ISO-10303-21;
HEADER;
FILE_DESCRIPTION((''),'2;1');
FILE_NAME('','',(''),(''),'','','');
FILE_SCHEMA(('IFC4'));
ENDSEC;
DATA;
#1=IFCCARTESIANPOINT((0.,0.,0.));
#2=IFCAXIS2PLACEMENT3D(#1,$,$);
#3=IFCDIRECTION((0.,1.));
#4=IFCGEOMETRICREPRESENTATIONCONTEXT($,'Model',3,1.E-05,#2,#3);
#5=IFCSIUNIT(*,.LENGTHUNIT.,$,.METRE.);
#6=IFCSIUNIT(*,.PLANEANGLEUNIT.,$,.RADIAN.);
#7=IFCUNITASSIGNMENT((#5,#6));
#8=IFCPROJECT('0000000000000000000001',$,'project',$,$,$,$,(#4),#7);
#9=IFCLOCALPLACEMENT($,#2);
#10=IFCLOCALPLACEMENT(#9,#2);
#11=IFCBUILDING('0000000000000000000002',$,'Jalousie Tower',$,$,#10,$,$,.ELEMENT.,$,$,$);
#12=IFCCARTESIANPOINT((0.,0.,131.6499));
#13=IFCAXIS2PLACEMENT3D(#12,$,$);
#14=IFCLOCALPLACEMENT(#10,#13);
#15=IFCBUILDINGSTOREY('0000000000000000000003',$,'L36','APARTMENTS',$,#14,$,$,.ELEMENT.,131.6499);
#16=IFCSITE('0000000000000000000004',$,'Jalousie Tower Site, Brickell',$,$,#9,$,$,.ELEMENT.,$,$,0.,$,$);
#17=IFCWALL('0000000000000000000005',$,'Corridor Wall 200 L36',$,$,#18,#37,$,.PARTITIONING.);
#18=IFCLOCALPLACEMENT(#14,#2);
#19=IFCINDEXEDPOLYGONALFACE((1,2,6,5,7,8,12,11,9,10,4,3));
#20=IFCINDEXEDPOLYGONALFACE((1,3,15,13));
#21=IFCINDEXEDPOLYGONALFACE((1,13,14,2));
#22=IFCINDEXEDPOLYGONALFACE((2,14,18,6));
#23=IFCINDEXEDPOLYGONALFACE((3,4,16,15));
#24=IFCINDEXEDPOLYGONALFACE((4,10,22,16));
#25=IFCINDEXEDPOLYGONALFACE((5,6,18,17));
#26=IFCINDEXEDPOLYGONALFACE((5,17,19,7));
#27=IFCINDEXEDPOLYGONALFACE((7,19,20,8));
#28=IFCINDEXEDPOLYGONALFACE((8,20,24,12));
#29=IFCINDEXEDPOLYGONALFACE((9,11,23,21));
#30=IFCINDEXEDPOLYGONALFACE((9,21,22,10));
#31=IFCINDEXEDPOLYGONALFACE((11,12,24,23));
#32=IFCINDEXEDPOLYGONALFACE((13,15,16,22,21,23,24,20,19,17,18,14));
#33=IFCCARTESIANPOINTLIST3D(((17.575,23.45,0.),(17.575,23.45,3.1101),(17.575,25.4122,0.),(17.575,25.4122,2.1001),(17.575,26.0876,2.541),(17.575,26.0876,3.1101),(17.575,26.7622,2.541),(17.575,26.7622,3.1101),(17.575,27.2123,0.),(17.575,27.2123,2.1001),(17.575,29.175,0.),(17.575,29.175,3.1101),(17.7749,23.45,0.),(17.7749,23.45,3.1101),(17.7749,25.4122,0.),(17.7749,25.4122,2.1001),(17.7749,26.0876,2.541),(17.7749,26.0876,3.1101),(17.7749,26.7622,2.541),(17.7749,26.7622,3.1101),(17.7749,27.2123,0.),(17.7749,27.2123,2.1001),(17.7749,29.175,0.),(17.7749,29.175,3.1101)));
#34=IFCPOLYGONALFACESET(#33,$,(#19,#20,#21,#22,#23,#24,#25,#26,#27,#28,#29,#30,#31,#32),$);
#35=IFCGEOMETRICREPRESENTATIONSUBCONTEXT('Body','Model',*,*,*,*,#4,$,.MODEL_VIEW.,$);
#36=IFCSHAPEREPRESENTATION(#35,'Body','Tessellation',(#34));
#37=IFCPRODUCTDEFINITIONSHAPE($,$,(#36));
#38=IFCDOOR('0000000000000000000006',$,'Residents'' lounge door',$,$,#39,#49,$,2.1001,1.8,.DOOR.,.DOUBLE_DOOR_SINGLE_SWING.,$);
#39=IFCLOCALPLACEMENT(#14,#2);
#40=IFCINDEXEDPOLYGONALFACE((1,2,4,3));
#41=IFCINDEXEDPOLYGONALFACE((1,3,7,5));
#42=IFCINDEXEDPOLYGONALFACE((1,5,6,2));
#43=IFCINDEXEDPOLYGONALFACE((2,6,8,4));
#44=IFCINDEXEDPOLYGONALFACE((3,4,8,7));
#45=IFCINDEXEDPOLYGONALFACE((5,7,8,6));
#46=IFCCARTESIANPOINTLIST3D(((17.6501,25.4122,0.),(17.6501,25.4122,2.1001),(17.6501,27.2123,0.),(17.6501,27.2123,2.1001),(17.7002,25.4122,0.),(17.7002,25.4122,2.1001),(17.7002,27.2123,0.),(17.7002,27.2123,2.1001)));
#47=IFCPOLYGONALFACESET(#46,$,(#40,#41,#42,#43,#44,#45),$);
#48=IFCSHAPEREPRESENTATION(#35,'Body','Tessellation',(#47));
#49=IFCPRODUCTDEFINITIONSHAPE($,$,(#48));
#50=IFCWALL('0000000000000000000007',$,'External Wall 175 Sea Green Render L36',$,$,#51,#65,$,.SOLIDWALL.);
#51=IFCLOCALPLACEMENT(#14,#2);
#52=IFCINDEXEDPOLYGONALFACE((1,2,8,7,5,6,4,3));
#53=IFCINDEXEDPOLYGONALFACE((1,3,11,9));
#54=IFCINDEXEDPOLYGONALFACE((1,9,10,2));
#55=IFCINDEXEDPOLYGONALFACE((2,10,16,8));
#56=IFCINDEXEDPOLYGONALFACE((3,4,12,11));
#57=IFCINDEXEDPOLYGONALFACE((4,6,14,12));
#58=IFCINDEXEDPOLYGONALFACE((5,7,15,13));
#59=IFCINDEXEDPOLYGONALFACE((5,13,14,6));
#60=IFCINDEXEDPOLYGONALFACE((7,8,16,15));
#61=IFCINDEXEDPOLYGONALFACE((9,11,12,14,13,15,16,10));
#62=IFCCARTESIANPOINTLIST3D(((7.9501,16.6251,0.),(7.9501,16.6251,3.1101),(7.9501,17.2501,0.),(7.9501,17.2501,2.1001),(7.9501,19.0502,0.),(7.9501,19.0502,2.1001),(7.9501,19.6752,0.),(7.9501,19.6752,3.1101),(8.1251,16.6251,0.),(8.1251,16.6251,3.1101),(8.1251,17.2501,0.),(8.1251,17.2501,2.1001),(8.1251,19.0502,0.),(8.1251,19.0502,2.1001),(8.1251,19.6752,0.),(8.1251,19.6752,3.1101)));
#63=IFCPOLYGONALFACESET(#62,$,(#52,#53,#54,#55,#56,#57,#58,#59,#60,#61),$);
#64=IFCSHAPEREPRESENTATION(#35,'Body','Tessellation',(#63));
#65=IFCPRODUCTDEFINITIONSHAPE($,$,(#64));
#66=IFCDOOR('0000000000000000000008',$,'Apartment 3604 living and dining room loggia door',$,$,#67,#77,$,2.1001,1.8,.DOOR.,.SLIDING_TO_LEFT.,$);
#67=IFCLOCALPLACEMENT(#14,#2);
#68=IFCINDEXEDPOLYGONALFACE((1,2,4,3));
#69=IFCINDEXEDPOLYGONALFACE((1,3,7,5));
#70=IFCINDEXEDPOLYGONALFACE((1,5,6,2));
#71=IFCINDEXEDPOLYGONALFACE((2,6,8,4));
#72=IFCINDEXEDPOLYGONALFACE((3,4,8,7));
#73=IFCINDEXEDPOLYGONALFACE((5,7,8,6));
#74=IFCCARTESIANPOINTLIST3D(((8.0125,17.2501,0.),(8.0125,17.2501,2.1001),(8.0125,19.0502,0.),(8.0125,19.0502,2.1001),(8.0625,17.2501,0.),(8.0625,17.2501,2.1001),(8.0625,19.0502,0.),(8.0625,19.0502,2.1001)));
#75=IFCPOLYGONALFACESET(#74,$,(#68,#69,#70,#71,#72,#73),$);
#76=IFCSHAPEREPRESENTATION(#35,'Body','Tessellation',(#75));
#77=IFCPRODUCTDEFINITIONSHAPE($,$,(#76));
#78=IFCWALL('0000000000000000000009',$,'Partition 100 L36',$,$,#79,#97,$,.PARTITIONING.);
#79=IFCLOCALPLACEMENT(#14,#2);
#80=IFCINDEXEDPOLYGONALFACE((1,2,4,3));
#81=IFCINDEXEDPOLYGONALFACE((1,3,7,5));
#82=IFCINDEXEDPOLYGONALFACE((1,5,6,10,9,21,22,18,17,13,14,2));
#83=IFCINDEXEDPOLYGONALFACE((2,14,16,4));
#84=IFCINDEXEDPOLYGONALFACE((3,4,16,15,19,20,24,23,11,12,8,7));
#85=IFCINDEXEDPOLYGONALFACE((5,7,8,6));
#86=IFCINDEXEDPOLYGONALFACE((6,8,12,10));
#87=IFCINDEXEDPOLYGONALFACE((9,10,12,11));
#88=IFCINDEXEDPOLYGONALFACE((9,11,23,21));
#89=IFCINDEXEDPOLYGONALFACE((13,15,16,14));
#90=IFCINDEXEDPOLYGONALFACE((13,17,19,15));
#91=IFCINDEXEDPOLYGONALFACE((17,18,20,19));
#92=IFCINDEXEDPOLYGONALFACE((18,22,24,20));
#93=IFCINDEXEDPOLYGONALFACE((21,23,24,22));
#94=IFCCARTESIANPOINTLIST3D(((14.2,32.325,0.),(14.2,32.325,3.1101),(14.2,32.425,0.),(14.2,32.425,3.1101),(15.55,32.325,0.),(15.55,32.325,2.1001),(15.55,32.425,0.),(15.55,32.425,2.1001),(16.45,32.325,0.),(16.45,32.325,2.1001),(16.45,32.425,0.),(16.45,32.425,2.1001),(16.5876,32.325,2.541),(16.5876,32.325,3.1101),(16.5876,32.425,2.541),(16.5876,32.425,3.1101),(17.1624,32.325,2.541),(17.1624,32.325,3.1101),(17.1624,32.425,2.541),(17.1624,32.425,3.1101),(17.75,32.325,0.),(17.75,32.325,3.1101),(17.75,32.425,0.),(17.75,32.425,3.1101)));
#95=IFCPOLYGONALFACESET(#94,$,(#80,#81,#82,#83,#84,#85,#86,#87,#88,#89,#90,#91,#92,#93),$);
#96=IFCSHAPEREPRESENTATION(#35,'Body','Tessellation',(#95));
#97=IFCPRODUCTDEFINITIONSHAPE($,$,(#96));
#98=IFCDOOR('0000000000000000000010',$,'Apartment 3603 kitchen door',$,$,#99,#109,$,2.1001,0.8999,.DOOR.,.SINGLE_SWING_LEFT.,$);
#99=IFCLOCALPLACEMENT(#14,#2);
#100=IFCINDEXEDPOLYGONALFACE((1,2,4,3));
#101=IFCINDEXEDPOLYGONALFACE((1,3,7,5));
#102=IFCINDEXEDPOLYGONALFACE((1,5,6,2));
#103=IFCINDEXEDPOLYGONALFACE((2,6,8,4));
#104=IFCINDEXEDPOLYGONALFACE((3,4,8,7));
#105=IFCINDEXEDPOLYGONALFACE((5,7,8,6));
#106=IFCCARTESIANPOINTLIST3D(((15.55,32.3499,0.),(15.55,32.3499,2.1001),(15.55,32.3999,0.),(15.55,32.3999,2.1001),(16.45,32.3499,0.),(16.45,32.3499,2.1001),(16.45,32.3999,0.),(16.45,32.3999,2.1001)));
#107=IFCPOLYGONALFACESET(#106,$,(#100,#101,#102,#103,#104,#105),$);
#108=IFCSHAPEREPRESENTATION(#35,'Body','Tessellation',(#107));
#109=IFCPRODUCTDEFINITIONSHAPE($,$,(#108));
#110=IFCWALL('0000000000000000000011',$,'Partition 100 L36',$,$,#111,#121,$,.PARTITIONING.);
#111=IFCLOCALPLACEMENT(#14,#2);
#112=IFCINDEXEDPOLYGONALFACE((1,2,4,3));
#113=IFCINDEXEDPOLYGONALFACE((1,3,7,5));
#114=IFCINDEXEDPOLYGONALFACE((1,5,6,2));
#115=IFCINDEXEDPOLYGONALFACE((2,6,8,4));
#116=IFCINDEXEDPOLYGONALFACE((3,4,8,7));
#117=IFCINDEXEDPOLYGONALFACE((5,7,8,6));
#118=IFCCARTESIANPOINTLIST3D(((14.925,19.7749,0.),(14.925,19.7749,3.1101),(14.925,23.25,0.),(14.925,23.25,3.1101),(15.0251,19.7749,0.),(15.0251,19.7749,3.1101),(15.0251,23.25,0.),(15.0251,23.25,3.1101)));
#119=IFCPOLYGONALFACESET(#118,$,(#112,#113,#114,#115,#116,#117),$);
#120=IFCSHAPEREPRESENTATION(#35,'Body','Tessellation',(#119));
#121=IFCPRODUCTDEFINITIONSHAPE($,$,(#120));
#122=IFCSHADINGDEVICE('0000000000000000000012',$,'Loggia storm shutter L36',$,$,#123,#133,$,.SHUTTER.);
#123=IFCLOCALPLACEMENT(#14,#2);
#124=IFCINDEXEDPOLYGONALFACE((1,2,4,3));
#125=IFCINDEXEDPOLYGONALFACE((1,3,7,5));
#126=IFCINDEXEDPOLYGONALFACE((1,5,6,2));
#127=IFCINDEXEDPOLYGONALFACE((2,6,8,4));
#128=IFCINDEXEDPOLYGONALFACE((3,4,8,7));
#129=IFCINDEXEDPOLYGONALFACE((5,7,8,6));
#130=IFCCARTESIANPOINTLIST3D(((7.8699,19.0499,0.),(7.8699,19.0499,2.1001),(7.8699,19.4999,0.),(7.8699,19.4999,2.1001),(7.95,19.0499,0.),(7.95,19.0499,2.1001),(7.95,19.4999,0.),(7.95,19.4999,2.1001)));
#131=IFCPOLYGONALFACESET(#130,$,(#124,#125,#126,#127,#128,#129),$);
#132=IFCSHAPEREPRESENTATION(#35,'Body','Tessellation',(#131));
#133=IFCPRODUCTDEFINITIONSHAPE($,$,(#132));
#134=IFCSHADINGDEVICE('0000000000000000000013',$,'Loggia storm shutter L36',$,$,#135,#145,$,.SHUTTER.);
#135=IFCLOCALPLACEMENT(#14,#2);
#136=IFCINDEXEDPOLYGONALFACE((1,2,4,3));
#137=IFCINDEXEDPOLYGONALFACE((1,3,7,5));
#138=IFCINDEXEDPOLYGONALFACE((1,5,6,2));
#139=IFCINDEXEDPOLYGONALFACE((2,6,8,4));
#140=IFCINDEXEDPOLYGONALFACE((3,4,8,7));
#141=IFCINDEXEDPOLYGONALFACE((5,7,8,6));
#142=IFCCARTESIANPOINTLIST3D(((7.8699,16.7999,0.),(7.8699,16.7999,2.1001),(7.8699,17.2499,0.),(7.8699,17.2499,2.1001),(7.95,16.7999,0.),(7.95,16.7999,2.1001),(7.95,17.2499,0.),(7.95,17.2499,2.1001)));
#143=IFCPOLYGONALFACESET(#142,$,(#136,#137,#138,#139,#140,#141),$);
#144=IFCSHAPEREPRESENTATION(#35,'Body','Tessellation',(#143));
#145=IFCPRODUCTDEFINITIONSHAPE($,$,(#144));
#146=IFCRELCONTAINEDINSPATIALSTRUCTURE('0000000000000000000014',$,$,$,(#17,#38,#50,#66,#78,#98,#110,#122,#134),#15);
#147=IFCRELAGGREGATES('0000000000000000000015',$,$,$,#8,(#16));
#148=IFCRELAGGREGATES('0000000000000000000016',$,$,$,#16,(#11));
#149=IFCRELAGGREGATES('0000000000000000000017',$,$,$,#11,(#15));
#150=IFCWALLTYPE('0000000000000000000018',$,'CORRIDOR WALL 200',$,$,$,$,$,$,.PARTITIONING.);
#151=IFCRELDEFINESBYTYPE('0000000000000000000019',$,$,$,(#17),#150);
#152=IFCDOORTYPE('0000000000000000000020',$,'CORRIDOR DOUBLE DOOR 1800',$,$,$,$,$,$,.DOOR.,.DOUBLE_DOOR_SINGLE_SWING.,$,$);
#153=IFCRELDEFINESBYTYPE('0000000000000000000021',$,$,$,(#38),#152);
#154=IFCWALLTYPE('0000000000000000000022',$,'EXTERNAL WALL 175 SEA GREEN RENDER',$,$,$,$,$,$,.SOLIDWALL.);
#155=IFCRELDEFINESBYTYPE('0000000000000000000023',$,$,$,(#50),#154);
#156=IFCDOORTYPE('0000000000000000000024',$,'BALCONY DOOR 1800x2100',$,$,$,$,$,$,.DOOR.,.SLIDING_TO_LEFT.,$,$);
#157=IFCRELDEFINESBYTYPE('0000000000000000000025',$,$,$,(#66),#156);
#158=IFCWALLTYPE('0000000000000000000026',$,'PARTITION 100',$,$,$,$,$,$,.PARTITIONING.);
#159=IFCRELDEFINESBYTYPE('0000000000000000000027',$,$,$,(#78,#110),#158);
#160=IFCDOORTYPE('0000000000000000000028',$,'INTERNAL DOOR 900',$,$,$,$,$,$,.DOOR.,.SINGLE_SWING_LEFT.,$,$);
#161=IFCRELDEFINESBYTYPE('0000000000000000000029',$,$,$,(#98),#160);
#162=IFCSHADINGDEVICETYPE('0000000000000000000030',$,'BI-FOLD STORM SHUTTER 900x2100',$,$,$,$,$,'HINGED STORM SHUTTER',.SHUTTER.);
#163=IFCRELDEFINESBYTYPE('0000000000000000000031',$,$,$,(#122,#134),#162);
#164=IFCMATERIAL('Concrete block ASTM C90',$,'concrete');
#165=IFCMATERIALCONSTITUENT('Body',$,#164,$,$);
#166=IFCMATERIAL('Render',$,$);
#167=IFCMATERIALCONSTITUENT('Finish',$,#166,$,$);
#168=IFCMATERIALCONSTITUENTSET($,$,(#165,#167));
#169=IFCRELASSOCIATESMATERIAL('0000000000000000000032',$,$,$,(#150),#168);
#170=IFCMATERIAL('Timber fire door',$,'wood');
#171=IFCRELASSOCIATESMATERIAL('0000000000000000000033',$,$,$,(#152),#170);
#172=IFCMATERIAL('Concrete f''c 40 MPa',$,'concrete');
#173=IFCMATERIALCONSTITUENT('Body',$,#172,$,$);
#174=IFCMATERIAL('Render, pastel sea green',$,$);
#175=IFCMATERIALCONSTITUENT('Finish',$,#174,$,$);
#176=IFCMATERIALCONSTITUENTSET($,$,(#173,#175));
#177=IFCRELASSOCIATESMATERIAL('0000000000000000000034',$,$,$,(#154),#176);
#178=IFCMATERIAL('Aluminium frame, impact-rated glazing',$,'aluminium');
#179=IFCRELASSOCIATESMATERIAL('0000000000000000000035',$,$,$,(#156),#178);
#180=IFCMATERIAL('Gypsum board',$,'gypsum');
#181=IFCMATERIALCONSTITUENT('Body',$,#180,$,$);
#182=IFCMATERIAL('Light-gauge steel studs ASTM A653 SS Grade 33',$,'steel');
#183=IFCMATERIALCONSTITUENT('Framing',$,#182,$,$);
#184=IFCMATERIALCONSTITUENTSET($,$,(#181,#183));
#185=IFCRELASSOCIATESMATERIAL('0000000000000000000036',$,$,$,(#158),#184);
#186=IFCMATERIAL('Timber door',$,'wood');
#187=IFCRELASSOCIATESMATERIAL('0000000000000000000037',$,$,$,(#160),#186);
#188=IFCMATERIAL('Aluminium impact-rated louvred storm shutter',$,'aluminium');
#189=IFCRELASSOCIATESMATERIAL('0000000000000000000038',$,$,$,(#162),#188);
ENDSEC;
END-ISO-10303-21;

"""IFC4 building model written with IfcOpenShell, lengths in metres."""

from ifc_helpers import new_model, si_unit, direction, frame, frame_2d, origin, origin_2d, place, context, subcontext, project, spatial, polyline, rectangle, outline, extrude, material, constituent, constituent_set, type_object, element, fill, save


model = new_model("IFC4")

# Units and contexts
model_context = context("Model", 3, precision=1e-05, world=origin(), true_north=direction((0.0, 1.0)))
body_context = subcontext(model_context, "Body", "Model", "MODEL_VIEW")
ifc_project = project(units=[si_unit("LENGTHUNIT", "METRE"), si_unit("PLANEANGLEUNIT", "RADIAN")], contexts=[model_context])

# Site, building, storey
site_placement = place(None, origin())
site = spatial("IfcSite", under=ifc_project, at=site_placement, Name="Jalousie Tower Site, Brickell", CompositionType="ELEMENT", RefElevation=0.0)
building_placement = place(site_placement, origin())
building = spatial("IfcBuilding", under=site, at=building_placement, Name="Jalousie Tower", CompositionType="ELEMENT")
storey_placement = place(building_placement, frame((0.0, 0.0, 131.6499)))
storey = spatial("IfcBuildingStorey", under=building, at=storey_placement, Name="L36", Description="APARTMENTS", CompositionType="ELEMENT", Elevation=131.6499)

# Walls, openings, doors
ifc_material_1 = material(Name="Concrete block ASTM C90", Category="concrete")
ifc_constituent_1 = constituent(ifc_material_1, Name="Body")
ifc_material_2 = material(Name="Render")
ifc_constituent_2 = constituent(ifc_material_2, Name="Finish")
ifc_constituent_set_1 = constituent_set(constituents=[ifc_constituent_1, ifc_constituent_2])
wall_type_1 = type_object("IfcWallType", Name="CORRIDOR WALL 200", PredefinedType="PARTITIONING", material=ifc_constituent_set_1)
wall_1_placement = place(storey_placement, frame((17.675, 23.45, 0.0), z_axis=(0.0, 0.0, 1.0), x_axis=(0.0, 1.0, 0.0)))
wall_1 = element("IfcWall", 1, at=wall_1_placement, inside=storey, type_object=wall_type_1, Name="Corridor Wall 200 L36", PredefinedType="PARTITIONING", context=body_context, shape_type="SweptSolid", body=[
    extrude(outline(polyline([(0.0, 0.0), (5.7251, 0.0), (5.7251, 3.1101), (3.3123, 3.1101), (3.3123, 2.541), (2.6377, 2.541), (2.6377, 3.1101), (0.0, 3.1101), (0.0, 0.0)])), frame((0.0, 0.1001, 0.0), z_axis=(0.0, -1.0, 0.0), x_axis=(1.0, 0.0, 0.0)), (0.0, 0.0, 1.0), 0.2),
])
opening_1_placement = place(wall_1_placement, frame((1.9624, 0.0, 0.0)))
opening_1 = element("IfcOpeningElement", 2, at=opening_1_placement, cuts=wall_1, PredefinedType="OPENING", context=body_context, shape_type="SweptSolid", body=[
    extrude(rectangle(XDim=1.8, YDim=2.1001, at=frame_2d((0.8999, 1.05))), frame((0.0, 0.1099, 0.0), z_axis=(0.0, -1.0, 0.0), x_axis=(1.0, 0.0, 0.0)), (0.0, 0.0, 1.0), 0.22),
])
ifc_material_3 = material(Name="Timber fire door", Category="wood")
door_type_1 = type_object("IfcDoorType", Name="CORRIDOR DOUBLE DOOR 1800", OperationType="DOUBLE_DOOR_SINGLE_SWING", PredefinedType="DOOR", material=ifc_material_3)
door_1_placement = place(opening_1_placement, origin())
door_1 = element("IfcDoor", 3, at=door_1_placement, inside=storey, type_object=door_type_1, Name="Residents' lounge door", OperationType="DOUBLE_DOOR_SINGLE_SWING", OverallHeight=2.1001, OverallWidth=1.8, PredefinedType="DOOR", context=body_context, shape_type="SweptSolid", body=[
    extrude(rectangle(XDim=1.8, YDim=2.1001, at=frame_2d((0.8999, 1.05))), frame((0.0, 0.0249, 0.0), z_axis=(0.0, -1.0, 0.0), x_axis=(1.0, 0.0, 0.0)), (0.0, 0.0, 1.0), 0.05),
])
fill(opening_1, door_1)
ifc_material_4 = material(Name="Concrete f'c 40 MPa", Category="concrete")
ifc_constituent_3 = constituent(ifc_material_4, Name="Body")
ifc_material_5 = material(Name="Render, pastel sea green")
ifc_constituent_4 = constituent(ifc_material_5, Name="Finish")
ifc_constituent_set_2 = constituent_set(constituents=[ifc_constituent_3, ifc_constituent_4])
wall_type_2 = type_object("IfcWallType", Name="EXTERNAL WALL 175 SEA GREEN RENDER", PredefinedType="SOLIDWALL", material=ifc_constituent_set_2)
wall_2_placement = place(storey_placement, frame((8.0376, 19.675, 0.0), z_axis=(0.0, 0.0, 1.0), x_axis=(0.0, -1.0, 0.0)))
wall_2 = element("IfcWall", 4, at=wall_2_placement, inside=storey, type_object=wall_type_2, Name="External Wall 175 Sea Green Render L36", PredefinedType="SOLIDWALL", context=body_context, shape_type="SweptSolid", body=[
    extrude(rectangle(XDim=3.05, YDim=0.175, at=frame_2d((1.5249, 0.0))), origin(), (0.0, 0.0, 1.0), 3.1101),
])
opening_2_placement = place(wall_2_placement, frame((0.625, 0.0, 0.0)))
opening_2 = element("IfcOpeningElement", 5, at=opening_2_placement, cuts=wall_2, PredefinedType="OPENING", context=body_context, shape_type="SweptSolid", body=[
    extrude(rectangle(XDim=1.8, YDim=2.1001, at=frame_2d((0.8999, 1.05))), frame((0.0, 0.0974, 0.0), z_axis=(0.0, -1.0, 0.0), x_axis=(1.0, 0.0, 0.0)), (0.0, 0.0, 1.0), 0.1951),
])
ifc_material_6 = material(Name="Aluminium frame, impact-rated glazing", Category="aluminium")
door_type_2 = type_object("IfcDoorType", Name="BALCONY DOOR 1800x2100", OperationType="SLIDING_TO_LEFT", PredefinedType="DOOR", material=ifc_material_6)
door_2_placement = place(opening_2_placement, origin())
door_2 = element("IfcDoor", 6, at=door_2_placement, inside=storey, type_object=door_type_2, Name="Apartment 3604 living and dining room loggia door", OperationType="SLIDING_TO_LEFT", OverallHeight=2.1001, OverallWidth=1.8, PredefinedType="DOOR", context=body_context, shape_type="SweptSolid", body=[
    extrude(rectangle(XDim=1.8, YDim=2.1001, at=frame_2d((0.8999, 1.05))), frame((0.0, 0.0249, 0.0), z_axis=(0.0, -1.0, 0.0), x_axis=(1.0, 0.0, 0.0)), (0.0, 0.0, 1.0), 0.05),
])
fill(opening_2, door_2)
ifc_material_7 = material(Name="Gypsum board", Category="gypsum")
ifc_constituent_5 = constituent(ifc_material_7, Name="Body")
ifc_material_8 = material(Name="Light-gauge steel studs ASTM A653 SS Grade 33", Category="steel")
ifc_constituent_6 = constituent(ifc_material_8, Name="Framing")
ifc_constituent_set_3 = constituent_set(constituents=[ifc_constituent_5, ifc_constituent_6])
wall_type_3 = type_object("IfcWallType", Name="PARTITION 100", PredefinedType="PARTITIONING", material=ifc_constituent_set_3)
wall_3_placement = place(storey_placement, frame((14.2, 32.375, 0.0), z_axis=(0.0, 0.0, 1.0), x_axis=(1.0, 0.0, 0.0)))
wall_3 = element("IfcWall", 7, at=wall_3_placement, inside=storey, type_object=wall_type_3, Name="Partition 100 L36", PredefinedType="PARTITIONING", context=body_context, shape_type="SweptSolid", body=[
    extrude(outline(polyline([(0.0, 0.0), (3.55, 0.0), (3.55, 3.1101), (2.9624, 3.1101), (2.9624, 2.541), (2.3877, 2.541), (2.3877, 3.1101), (0.0, 3.1101), (0.0, 0.0)])), frame((0.0, 0.05, 0.0), z_axis=(0.0, -1.0, 0.0), x_axis=(1.0, 0.0, 0.0)), (0.0, 0.0, 1.0), 0.1001),
])
opening_3_placement = place(wall_3_placement, frame((1.3501, 0.0, 0.0)))
opening_3 = element("IfcOpeningElement", 8, at=opening_3_placement, cuts=wall_3, PredefinedType="OPENING", context=body_context, shape_type="SweptSolid", body=[
    extrude(rectangle(XDim=0.8999, YDim=2.1001, at=frame_2d((0.45, 1.05))), frame((0.0, 0.0601, 0.0), z_axis=(0.0, -1.0, 0.0), x_axis=(1.0, 0.0, 0.0)), (0.0, 0.0, 1.0), 0.1201),
])
ifc_material_9 = material(Name="Timber door", Category="wood")
door_type_3 = type_object("IfcDoorType", Name="INTERNAL DOOR 900", OperationType="SINGLE_SWING_LEFT", PredefinedType="DOOR", material=ifc_material_9)
door_3_placement = place(opening_3_placement, origin())
door_3 = element("IfcDoor", 9, at=door_3_placement, inside=storey, type_object=door_type_3, Name="Apartment 3603 kitchen door", OperationType="SINGLE_SWING_LEFT", OverallHeight=2.1001, OverallWidth=0.8999, PredefinedType="DOOR", context=body_context, shape_type="SweptSolid", body=[
    extrude(rectangle(XDim=0.8999, YDim=2.1001, at=frame_2d((0.45, 1.05))), frame((0.0, 0.0249, 0.0), z_axis=(0.0, -1.0, 0.0), x_axis=(1.0, 0.0, 0.0)), (0.0, 0.0, 1.0), 0.05),
])
fill(opening_3, door_3)

# Wall
wall_4_placement = place(storey_placement, frame((14.9751, 19.7749, 0.0), z_axis=(0.0, 0.0, 1.0), x_axis=(0.0, 1.0, 0.0)))
element("IfcWall", 10, at=wall_4_placement, inside=storey, type_object=wall_type_3, Name="Partition 100 L36", PredefinedType="PARTITIONING", context=body_context, shape_type="SweptSolid", body=[
    extrude(rectangle(XDim=3.4751, YDim=0.1001, at=frame_2d((1.7375, 0.0))), origin(), (0.0, 0.0, 1.0), 3.1101),
])

# Shading devices
ifc_material_10 = material(Name="Aluminium impact-rated louvred storm shutter", Category="aluminium")
shading_device_type = type_object("IfcShadingDeviceType", Name="BI-FOLD STORM SHUTTER 900x2100", ElementType="HINGED STORM SHUTTER", PredefinedType="SHUTTER", material=ifc_material_10)
for number, where, z_axis, x_axis, name in (
    (11, (7.9099, 19.2749, 0.0), (0.0, 0.0, 1.0), (0.0, -1.0, 0.0), "Loggia storm shutter L36"),
    (12, (7.9099, 17.0249, 0.0), (0.0, 0.0, 1.0), (0.0, -1.0, 0.0), "Loggia storm shutter L36"),
):
    element("IfcShadingDevice", number, at=place(storey_placement, frame(where, z_axis=z_axis, x_axis=x_axis)), inside=storey, type_object=shading_device_type, Name=name, PredefinedType="SHUTTER", context=body_context, shape_type="SweptSolid", body=[
        extrude(rectangle(XDim=0.45, YDim=0.0801, at=origin_2d()), origin(), (0.0, 0.0, 1.0), 2.1001),
    ])

save(model, "model.ifc")
